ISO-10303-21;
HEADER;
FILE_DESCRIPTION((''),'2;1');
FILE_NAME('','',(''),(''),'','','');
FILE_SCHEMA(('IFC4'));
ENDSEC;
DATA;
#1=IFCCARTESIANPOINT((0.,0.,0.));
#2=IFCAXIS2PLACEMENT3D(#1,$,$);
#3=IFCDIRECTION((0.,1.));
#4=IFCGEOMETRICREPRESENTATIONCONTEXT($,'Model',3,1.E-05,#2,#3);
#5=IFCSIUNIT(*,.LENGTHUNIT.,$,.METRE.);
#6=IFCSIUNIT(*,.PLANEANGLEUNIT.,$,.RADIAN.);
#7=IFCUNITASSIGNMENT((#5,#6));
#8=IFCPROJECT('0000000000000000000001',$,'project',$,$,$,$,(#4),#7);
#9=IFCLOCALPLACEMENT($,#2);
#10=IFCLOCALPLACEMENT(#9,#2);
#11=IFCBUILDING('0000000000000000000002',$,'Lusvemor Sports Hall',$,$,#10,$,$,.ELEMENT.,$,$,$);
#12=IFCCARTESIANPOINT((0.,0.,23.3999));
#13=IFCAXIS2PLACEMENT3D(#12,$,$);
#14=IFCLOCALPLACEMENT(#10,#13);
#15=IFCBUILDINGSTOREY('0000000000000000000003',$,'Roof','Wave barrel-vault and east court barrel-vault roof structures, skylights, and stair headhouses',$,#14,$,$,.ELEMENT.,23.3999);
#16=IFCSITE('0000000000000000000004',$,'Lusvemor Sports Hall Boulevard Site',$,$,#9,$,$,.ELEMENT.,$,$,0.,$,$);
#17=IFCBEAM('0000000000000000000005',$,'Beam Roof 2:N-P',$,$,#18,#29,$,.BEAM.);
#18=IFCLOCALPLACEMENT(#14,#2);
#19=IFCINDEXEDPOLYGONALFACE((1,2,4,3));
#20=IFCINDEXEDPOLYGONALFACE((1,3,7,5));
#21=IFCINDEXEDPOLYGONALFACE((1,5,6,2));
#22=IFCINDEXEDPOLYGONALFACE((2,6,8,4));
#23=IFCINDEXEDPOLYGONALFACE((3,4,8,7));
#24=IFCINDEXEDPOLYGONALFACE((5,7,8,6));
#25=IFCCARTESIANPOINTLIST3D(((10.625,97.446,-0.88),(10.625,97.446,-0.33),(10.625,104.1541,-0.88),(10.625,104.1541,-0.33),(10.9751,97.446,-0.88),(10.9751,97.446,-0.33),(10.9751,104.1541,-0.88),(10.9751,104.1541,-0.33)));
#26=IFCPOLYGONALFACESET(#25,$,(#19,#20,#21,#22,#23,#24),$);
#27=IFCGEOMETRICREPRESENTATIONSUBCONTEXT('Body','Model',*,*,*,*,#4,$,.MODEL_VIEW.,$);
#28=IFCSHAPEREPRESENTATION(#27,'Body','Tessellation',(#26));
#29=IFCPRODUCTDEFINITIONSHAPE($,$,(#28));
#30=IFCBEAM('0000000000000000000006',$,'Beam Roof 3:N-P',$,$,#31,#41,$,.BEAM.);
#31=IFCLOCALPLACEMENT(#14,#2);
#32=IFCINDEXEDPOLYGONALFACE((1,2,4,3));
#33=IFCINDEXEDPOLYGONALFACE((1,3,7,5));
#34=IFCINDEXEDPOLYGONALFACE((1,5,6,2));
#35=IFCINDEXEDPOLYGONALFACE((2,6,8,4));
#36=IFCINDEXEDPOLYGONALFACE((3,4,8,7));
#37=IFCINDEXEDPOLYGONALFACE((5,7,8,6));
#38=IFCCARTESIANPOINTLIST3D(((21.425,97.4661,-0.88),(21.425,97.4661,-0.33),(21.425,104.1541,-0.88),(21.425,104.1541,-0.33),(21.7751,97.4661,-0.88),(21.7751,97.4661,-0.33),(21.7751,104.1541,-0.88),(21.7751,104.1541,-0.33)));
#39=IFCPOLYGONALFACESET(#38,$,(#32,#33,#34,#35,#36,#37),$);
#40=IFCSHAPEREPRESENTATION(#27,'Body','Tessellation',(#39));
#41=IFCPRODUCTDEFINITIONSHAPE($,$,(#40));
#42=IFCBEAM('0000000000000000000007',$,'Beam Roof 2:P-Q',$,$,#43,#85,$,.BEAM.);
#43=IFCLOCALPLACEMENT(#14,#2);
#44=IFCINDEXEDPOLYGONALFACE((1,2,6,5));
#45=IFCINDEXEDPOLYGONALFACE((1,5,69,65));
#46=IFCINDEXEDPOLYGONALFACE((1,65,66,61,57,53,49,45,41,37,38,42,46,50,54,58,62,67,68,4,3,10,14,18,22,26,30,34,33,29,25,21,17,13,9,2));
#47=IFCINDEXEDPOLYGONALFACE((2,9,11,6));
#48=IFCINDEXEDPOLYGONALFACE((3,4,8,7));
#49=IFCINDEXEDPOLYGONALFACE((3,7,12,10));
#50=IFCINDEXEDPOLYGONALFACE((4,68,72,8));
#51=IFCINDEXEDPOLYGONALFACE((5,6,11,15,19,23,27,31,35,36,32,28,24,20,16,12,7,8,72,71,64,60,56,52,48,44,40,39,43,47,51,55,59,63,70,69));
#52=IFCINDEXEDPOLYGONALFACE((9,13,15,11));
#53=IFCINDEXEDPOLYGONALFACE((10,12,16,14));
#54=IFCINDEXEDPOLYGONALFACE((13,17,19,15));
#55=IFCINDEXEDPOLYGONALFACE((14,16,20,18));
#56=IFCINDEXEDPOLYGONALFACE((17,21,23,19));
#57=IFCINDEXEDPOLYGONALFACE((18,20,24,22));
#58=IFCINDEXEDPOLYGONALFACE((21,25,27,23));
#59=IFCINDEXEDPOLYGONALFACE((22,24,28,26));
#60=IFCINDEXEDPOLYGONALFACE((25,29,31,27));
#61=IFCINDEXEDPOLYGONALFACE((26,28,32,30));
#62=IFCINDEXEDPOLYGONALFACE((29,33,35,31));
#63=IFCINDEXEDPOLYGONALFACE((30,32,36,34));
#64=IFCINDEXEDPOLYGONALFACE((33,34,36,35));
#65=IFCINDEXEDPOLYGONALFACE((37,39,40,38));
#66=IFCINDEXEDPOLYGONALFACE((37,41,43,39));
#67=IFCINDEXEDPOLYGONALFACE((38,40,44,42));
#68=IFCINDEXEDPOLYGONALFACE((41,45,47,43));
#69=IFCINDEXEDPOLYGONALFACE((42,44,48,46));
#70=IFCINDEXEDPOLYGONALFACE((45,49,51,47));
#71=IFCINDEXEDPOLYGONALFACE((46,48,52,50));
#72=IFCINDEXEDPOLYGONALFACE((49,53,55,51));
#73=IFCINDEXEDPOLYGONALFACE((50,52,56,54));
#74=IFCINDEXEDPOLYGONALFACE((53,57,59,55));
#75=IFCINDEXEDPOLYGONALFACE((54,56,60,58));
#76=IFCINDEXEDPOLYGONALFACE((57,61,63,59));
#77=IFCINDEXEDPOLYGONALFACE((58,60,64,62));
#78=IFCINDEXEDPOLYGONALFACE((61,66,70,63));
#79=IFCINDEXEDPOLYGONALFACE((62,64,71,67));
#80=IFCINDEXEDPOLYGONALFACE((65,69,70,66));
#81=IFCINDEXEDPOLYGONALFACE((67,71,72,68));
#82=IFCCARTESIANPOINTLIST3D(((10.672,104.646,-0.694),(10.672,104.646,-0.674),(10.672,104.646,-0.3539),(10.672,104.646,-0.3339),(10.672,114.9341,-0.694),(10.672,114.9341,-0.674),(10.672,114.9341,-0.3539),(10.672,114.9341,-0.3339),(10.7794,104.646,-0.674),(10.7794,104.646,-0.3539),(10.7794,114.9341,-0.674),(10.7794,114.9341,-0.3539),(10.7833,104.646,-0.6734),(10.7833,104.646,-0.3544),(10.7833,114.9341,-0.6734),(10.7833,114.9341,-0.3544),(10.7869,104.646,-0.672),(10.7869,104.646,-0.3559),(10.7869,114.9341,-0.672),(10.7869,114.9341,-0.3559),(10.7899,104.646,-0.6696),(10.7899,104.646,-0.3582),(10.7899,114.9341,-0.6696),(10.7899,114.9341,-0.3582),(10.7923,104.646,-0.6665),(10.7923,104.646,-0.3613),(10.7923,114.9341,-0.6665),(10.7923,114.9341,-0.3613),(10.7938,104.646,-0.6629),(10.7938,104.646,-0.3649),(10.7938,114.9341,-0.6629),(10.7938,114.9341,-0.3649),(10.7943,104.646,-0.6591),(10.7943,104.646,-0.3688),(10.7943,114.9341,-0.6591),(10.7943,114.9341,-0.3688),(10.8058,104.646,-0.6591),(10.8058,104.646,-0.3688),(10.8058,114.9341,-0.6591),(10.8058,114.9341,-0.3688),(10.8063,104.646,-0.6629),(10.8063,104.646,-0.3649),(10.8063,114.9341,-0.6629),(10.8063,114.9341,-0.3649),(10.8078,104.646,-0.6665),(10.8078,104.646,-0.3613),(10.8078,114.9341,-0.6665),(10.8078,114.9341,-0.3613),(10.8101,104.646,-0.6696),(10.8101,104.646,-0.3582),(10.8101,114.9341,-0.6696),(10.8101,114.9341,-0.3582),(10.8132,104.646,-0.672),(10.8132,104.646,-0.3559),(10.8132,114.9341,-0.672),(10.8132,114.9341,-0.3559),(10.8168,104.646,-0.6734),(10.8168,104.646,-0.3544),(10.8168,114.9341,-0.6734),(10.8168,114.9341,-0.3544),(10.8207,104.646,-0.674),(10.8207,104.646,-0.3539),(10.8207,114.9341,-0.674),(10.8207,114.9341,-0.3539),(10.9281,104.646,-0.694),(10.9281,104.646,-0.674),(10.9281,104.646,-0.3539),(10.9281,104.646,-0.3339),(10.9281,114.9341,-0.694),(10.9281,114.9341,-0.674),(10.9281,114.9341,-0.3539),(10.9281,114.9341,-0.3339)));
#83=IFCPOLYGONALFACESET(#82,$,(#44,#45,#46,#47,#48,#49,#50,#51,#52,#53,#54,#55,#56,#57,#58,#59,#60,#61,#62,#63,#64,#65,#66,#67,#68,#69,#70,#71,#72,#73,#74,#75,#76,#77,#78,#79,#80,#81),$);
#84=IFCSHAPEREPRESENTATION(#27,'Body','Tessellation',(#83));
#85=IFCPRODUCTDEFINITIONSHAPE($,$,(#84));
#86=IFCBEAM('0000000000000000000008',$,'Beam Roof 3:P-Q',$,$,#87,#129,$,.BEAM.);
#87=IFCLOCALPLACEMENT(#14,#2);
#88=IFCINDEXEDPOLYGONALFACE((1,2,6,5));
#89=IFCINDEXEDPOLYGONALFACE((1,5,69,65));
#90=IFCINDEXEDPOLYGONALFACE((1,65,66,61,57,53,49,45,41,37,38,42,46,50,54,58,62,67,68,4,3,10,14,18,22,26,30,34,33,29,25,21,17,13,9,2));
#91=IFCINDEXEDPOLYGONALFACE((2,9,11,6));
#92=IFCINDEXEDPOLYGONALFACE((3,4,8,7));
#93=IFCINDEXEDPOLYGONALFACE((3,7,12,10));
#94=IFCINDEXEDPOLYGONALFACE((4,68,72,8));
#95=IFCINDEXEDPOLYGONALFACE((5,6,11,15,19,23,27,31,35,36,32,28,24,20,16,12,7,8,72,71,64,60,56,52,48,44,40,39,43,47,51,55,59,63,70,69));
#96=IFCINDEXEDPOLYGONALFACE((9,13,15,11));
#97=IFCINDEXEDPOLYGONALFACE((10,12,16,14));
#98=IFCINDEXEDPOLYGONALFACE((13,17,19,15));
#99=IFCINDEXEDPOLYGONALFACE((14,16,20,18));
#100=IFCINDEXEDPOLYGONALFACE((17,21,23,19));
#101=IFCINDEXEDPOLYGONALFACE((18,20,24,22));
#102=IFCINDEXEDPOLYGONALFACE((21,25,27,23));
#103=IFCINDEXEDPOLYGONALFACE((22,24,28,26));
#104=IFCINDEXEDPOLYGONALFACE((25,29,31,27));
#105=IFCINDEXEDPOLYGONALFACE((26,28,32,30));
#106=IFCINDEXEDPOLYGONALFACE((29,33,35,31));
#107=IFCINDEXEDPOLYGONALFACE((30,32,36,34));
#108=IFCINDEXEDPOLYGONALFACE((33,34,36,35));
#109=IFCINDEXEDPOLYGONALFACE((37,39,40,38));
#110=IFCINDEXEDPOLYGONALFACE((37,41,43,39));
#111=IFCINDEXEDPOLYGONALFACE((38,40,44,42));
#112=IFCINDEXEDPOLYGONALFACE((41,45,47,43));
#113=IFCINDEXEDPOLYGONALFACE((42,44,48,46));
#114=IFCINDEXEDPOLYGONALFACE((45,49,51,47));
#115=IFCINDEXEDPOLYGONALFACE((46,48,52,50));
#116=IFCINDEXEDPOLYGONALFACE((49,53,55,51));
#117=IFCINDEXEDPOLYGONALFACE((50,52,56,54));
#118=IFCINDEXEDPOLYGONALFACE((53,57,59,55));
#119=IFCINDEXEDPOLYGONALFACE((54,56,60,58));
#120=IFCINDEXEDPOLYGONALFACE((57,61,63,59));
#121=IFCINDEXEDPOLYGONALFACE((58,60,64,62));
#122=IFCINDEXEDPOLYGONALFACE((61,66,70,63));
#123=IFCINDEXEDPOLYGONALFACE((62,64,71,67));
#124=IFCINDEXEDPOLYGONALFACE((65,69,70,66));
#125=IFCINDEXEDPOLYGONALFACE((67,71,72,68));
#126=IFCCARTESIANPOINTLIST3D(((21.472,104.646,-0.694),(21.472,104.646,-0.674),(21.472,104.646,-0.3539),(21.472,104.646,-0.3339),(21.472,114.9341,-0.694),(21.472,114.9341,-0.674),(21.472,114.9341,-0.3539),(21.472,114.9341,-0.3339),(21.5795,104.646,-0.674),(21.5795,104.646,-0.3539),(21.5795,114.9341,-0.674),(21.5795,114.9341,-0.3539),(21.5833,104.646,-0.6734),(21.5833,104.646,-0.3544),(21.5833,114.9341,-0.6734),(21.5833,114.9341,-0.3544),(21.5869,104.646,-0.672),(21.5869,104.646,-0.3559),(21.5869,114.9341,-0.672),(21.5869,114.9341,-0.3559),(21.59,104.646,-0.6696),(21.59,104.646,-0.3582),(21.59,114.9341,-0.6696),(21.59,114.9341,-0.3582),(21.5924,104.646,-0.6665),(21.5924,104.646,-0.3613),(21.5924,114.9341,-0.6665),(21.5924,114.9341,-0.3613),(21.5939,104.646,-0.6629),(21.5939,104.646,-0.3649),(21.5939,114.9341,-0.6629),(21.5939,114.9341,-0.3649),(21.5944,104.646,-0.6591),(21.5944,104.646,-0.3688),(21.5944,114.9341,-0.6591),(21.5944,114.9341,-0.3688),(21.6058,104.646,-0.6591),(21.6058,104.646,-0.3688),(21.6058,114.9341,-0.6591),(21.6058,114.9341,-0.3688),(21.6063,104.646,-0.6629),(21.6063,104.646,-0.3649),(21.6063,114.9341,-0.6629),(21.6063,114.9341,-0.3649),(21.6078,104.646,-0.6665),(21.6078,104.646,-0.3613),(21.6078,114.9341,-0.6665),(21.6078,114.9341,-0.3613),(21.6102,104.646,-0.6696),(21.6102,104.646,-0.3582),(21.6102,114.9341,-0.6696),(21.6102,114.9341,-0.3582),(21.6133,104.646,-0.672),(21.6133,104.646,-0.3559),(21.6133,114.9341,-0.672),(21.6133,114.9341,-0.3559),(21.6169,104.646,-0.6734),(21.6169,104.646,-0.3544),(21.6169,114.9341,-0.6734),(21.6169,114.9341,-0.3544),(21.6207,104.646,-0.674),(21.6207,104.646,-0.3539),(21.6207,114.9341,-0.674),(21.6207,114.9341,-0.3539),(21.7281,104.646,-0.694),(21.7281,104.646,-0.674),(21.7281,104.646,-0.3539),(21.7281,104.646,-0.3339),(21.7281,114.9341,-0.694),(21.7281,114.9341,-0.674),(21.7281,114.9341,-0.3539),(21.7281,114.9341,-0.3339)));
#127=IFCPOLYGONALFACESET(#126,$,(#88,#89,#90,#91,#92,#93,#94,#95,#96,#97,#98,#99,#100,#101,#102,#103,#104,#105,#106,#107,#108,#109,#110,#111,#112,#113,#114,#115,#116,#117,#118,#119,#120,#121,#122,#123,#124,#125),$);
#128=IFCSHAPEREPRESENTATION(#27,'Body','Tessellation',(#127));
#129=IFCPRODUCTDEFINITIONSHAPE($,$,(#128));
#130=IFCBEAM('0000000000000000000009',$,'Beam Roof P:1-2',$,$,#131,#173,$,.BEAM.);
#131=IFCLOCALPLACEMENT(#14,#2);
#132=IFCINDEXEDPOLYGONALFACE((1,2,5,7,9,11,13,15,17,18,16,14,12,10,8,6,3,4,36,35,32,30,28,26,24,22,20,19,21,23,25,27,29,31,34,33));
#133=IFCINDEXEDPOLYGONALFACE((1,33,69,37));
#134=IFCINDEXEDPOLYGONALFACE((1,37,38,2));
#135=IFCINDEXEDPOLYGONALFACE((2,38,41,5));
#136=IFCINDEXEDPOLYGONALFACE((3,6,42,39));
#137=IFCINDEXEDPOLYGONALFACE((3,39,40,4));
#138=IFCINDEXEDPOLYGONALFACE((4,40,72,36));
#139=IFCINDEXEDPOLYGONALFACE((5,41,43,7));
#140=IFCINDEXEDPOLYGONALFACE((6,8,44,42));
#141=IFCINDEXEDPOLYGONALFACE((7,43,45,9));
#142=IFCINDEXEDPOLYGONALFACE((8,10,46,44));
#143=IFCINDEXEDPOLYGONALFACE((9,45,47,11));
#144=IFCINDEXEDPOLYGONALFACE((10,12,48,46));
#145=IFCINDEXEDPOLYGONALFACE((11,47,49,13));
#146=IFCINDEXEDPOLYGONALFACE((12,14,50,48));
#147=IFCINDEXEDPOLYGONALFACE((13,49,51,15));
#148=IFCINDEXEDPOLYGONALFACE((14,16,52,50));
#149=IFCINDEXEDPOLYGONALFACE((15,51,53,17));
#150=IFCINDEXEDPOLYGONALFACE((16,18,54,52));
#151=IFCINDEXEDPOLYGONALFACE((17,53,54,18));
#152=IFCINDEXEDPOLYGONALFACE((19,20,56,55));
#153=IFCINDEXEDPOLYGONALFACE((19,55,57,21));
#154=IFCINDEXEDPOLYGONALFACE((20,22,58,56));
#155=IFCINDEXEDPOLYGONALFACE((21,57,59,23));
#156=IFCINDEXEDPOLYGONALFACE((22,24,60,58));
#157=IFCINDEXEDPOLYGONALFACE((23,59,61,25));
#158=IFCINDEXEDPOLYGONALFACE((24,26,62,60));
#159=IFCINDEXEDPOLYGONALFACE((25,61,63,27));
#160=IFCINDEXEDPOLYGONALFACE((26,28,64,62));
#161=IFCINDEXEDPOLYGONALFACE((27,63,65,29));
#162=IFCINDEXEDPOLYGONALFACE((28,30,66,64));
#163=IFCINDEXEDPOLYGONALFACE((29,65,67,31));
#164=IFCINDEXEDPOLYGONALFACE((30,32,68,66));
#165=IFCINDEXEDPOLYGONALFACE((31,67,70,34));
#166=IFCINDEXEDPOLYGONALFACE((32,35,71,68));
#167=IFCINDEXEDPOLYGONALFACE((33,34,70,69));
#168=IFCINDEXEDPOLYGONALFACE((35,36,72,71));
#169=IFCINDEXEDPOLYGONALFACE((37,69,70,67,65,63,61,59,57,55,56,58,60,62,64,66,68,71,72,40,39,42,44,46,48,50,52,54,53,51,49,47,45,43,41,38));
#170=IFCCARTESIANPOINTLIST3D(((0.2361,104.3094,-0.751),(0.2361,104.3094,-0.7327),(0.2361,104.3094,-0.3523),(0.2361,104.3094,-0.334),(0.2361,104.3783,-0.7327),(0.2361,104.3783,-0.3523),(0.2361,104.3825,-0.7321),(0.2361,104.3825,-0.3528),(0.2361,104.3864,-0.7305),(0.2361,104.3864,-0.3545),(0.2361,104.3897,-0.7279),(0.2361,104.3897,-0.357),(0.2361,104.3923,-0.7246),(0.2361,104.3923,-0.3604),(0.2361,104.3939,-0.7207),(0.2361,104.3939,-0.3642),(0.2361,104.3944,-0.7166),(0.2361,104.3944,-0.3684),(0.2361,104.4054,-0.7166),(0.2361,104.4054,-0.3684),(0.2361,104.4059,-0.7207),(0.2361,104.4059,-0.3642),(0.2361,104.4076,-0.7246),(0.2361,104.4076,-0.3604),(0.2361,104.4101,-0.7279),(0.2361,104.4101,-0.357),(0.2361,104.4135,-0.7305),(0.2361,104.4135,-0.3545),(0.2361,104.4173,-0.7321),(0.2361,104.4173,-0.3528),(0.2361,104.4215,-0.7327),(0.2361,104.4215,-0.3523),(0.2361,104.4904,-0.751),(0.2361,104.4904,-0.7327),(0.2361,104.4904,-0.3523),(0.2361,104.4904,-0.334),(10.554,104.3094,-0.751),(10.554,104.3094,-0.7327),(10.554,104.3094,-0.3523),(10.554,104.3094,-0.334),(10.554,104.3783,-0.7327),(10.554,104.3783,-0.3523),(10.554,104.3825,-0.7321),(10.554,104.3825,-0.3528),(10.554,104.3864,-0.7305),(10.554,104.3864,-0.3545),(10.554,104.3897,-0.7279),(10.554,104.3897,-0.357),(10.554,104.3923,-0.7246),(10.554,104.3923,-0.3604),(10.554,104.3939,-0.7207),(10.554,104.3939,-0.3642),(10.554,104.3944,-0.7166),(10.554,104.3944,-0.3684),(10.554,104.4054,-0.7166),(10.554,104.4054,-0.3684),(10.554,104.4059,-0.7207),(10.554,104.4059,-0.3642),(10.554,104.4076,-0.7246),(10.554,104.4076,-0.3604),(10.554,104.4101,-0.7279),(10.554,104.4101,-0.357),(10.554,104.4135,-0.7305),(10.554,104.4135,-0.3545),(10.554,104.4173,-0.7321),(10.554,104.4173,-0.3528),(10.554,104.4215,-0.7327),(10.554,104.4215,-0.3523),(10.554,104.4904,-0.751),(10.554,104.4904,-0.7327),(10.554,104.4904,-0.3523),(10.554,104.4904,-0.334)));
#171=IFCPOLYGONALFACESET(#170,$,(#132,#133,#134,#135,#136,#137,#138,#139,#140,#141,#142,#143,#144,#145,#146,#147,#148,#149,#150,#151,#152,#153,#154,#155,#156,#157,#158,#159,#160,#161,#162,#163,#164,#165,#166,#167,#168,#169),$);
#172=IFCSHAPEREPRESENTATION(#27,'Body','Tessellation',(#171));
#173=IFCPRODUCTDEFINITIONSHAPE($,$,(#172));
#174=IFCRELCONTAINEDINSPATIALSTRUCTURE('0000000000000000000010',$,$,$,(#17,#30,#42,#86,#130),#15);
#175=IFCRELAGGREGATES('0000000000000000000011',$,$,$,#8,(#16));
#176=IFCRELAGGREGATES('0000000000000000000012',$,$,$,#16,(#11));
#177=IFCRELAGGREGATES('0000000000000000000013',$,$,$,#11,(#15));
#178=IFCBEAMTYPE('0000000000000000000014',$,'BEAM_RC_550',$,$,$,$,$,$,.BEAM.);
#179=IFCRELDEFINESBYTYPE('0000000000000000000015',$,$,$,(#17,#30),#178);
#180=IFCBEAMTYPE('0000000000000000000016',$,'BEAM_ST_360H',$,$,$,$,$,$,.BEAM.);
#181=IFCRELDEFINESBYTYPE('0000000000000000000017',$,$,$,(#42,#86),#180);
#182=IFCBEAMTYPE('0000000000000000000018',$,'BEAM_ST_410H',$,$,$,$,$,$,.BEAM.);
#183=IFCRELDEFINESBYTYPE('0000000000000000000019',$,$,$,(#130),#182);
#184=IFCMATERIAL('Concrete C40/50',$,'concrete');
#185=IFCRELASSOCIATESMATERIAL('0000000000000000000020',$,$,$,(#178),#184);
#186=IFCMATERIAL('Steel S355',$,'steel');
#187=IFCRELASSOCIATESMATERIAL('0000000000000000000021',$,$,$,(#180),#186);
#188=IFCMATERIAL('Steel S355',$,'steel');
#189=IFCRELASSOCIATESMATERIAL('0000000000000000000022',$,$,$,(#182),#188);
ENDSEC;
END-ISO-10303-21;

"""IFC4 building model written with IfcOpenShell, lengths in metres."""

from ifc_helpers import new_model, si_unit, direction, frame, origin, origin_2d, place, context, subcontext, project, spatial, rectangle, i_section, extrude, material, material_profile, profile_set, type_object, element, save


model = new_model("IFC4")

# Units and contexts
model_context = context("Model", 3, precision=1e-05, world=origin(), true_north=direction((0.0, 1.0)))
body_context = subcontext(model_context, "Body", "Model", "MODEL_VIEW")
ifc_project = project(units=[si_unit("LENGTHUNIT", "METRE"), si_unit("PLANEANGLEUNIT", "RADIAN")], contexts=[model_context])

# Site, building, storey
site_placement = place(None, origin())
site = spatial("IfcSite", under=ifc_project, at=site_placement, Name="Lusvemor Sports Hall Boulevard Site", CompositionType="ELEMENT", RefElevation=0.0)
building_placement = place(site_placement, origin())
building = spatial("IfcBuilding", under=site, at=building_placement, Name="Lusvemor Sports Hall", CompositionType="ELEMENT")
storey_placement = place(building_placement, frame((0.0, 0.0, 23.3999)))
storey = spatial("IfcBuildingStorey", under=building, at=storey_placement, Name="Roof", Description="Wave barrel-vault and east court barrel-vault roof structures, skylights, and stair headhouses", CompositionType="ELEMENT", Elevation=23.3999)

# Beams
ifc_material_1 = material(Name="Concrete C40/50", Category="concrete")
ifc_material_profile_1 = material_profile(ifc_material_1, rectangle(XDim=0.3501, YDim=0.55, at=origin_2d()), Name="RC350x550")
ifc_profile_set_1 = profile_set([ifc_material_profile_1], Name="Concrete C40/50")
beam_type_1 = type_object("IfcBeamType", Name="BEAM_RC_550", PredefinedType="BEAM", material=ifc_profile_set_1)
beam_1_placement = place(storey_placement, frame((10.8, 97.446, -0.605), z_axis=(0.0, 1.0, 0.0), x_axis=(-1.0, 0.0, 0.0)))
element("IfcBeam", 1, at=beam_1_placement, inside=storey, type_object=beam_type_1, Name="Beam Roof 2:N-P", PredefinedType="BEAM", context=body_context, shape_type="SweptSolid", body=[
    extrude(rectangle(XDim=0.3501, YDim=0.55, at=origin_2d()), origin(), (0.0, 0.0, 1.0), 6.708),
])
beam_2_placement = place(storey_placement, frame((21.6001, 97.4661, -0.605), z_axis=(0.0, 1.0, 0.0), x_axis=(-1.0, 0.0, 0.0)))
element("IfcBeam", 2, at=beam_2_placement, inside=storey, type_object=beam_type_1, Name="Beam Roof 3:N-P", PredefinedType="BEAM", context=body_context, shape_type="SweptSolid", body=[
    extrude(rectangle(XDim=0.3501, YDim=0.55, at=origin_2d()), origin(), (0.0, 0.0, 1.0), 6.688),
])
ifc_material_2 = material(Name="Steel S355", Category="steel")
ifc_material_profile_2 = material_profile(ifc_material_2, i_section(OverallWidth=0.2561, OverallDepth=0.3601, WebThickness=0.0115, FlangeThickness=0.02, FilletRadius=0.0149, at=origin_2d()), Name="W360x110.0")
ifc_profile_set_2 = profile_set([ifc_material_profile_2], Name="Steel S355")
beam_type_2 = type_object("IfcBeamType", Name="BEAM_ST_360H", PredefinedType="BEAM", material=ifc_profile_set_2)
for number, where, z_axis, x_axis, name in (
    (3, (10.8, 104.646, -0.5139), (0.0, 1.0, 0.0), (-1.0, 0.0, 0.0), "Beam Roof 2:P-Q"),
    (4, (21.6001, 104.646, -0.5139), (0.0, 1.0, 0.0), (-1.0, 0.0, 0.0), "Beam Roof 3:P-Q"),
):
    element("IfcBeam", number, at=place(storey_placement, frame(where, z_axis=z_axis, x_axis=x_axis)), inside=storey, type_object=beam_type_2, Name=name, PredefinedType="BEAM", context=body_context, shape_type="SweptSolid", body=[
        extrude(i_section(OverallWidth=0.2561, OverallDepth=0.3601, WebThickness=0.0115, FlangeThickness=0.02, FilletRadius=0.0149, at=origin_2d()), origin(), (0.0, 0.0, 1.0), 10.2881),
    ])
ifc_material_3 = material(Name="Steel S355", Category="steel")
ifc_material_profile_3 = material_profile(ifc_material_3, i_section(OverallWidth=0.1809, OverallDepth=0.417, WebThickness=0.011, FlangeThickness=0.0183, FilletRadius=0.0161, at=origin_2d()), Name="W410x85.0")
ifc_profile_set_3 = profile_set([ifc_material_profile_3], Name="Steel S355")
beam_type_3 = type_object("IfcBeamType", Name="BEAM_ST_410H", PredefinedType="BEAM", material=ifc_profile_set_3)
beam_3_placement = place(storey_placement, frame((0.2361, 104.3999, -0.5425), z_axis=(1.0, 0.0, 0.0), x_axis=(0.0, 1.0, 0.0)))
element("IfcBeam", 5, at=beam_3_placement, inside=storey, type_object=beam_type_3, Name="Beam Roof P:1-2", PredefinedType="BEAM", context=body_context, shape_type="SweptSolid", body=[
    extrude(i_section(OverallWidth=0.1809, OverallDepth=0.417, WebThickness=0.011, FlangeThickness=0.0183, FilletRadius=0.0161, at=origin_2d()), origin(), (0.0, 0.0, 1.0), 10.3179),
])

save(model, "model.ifc")
